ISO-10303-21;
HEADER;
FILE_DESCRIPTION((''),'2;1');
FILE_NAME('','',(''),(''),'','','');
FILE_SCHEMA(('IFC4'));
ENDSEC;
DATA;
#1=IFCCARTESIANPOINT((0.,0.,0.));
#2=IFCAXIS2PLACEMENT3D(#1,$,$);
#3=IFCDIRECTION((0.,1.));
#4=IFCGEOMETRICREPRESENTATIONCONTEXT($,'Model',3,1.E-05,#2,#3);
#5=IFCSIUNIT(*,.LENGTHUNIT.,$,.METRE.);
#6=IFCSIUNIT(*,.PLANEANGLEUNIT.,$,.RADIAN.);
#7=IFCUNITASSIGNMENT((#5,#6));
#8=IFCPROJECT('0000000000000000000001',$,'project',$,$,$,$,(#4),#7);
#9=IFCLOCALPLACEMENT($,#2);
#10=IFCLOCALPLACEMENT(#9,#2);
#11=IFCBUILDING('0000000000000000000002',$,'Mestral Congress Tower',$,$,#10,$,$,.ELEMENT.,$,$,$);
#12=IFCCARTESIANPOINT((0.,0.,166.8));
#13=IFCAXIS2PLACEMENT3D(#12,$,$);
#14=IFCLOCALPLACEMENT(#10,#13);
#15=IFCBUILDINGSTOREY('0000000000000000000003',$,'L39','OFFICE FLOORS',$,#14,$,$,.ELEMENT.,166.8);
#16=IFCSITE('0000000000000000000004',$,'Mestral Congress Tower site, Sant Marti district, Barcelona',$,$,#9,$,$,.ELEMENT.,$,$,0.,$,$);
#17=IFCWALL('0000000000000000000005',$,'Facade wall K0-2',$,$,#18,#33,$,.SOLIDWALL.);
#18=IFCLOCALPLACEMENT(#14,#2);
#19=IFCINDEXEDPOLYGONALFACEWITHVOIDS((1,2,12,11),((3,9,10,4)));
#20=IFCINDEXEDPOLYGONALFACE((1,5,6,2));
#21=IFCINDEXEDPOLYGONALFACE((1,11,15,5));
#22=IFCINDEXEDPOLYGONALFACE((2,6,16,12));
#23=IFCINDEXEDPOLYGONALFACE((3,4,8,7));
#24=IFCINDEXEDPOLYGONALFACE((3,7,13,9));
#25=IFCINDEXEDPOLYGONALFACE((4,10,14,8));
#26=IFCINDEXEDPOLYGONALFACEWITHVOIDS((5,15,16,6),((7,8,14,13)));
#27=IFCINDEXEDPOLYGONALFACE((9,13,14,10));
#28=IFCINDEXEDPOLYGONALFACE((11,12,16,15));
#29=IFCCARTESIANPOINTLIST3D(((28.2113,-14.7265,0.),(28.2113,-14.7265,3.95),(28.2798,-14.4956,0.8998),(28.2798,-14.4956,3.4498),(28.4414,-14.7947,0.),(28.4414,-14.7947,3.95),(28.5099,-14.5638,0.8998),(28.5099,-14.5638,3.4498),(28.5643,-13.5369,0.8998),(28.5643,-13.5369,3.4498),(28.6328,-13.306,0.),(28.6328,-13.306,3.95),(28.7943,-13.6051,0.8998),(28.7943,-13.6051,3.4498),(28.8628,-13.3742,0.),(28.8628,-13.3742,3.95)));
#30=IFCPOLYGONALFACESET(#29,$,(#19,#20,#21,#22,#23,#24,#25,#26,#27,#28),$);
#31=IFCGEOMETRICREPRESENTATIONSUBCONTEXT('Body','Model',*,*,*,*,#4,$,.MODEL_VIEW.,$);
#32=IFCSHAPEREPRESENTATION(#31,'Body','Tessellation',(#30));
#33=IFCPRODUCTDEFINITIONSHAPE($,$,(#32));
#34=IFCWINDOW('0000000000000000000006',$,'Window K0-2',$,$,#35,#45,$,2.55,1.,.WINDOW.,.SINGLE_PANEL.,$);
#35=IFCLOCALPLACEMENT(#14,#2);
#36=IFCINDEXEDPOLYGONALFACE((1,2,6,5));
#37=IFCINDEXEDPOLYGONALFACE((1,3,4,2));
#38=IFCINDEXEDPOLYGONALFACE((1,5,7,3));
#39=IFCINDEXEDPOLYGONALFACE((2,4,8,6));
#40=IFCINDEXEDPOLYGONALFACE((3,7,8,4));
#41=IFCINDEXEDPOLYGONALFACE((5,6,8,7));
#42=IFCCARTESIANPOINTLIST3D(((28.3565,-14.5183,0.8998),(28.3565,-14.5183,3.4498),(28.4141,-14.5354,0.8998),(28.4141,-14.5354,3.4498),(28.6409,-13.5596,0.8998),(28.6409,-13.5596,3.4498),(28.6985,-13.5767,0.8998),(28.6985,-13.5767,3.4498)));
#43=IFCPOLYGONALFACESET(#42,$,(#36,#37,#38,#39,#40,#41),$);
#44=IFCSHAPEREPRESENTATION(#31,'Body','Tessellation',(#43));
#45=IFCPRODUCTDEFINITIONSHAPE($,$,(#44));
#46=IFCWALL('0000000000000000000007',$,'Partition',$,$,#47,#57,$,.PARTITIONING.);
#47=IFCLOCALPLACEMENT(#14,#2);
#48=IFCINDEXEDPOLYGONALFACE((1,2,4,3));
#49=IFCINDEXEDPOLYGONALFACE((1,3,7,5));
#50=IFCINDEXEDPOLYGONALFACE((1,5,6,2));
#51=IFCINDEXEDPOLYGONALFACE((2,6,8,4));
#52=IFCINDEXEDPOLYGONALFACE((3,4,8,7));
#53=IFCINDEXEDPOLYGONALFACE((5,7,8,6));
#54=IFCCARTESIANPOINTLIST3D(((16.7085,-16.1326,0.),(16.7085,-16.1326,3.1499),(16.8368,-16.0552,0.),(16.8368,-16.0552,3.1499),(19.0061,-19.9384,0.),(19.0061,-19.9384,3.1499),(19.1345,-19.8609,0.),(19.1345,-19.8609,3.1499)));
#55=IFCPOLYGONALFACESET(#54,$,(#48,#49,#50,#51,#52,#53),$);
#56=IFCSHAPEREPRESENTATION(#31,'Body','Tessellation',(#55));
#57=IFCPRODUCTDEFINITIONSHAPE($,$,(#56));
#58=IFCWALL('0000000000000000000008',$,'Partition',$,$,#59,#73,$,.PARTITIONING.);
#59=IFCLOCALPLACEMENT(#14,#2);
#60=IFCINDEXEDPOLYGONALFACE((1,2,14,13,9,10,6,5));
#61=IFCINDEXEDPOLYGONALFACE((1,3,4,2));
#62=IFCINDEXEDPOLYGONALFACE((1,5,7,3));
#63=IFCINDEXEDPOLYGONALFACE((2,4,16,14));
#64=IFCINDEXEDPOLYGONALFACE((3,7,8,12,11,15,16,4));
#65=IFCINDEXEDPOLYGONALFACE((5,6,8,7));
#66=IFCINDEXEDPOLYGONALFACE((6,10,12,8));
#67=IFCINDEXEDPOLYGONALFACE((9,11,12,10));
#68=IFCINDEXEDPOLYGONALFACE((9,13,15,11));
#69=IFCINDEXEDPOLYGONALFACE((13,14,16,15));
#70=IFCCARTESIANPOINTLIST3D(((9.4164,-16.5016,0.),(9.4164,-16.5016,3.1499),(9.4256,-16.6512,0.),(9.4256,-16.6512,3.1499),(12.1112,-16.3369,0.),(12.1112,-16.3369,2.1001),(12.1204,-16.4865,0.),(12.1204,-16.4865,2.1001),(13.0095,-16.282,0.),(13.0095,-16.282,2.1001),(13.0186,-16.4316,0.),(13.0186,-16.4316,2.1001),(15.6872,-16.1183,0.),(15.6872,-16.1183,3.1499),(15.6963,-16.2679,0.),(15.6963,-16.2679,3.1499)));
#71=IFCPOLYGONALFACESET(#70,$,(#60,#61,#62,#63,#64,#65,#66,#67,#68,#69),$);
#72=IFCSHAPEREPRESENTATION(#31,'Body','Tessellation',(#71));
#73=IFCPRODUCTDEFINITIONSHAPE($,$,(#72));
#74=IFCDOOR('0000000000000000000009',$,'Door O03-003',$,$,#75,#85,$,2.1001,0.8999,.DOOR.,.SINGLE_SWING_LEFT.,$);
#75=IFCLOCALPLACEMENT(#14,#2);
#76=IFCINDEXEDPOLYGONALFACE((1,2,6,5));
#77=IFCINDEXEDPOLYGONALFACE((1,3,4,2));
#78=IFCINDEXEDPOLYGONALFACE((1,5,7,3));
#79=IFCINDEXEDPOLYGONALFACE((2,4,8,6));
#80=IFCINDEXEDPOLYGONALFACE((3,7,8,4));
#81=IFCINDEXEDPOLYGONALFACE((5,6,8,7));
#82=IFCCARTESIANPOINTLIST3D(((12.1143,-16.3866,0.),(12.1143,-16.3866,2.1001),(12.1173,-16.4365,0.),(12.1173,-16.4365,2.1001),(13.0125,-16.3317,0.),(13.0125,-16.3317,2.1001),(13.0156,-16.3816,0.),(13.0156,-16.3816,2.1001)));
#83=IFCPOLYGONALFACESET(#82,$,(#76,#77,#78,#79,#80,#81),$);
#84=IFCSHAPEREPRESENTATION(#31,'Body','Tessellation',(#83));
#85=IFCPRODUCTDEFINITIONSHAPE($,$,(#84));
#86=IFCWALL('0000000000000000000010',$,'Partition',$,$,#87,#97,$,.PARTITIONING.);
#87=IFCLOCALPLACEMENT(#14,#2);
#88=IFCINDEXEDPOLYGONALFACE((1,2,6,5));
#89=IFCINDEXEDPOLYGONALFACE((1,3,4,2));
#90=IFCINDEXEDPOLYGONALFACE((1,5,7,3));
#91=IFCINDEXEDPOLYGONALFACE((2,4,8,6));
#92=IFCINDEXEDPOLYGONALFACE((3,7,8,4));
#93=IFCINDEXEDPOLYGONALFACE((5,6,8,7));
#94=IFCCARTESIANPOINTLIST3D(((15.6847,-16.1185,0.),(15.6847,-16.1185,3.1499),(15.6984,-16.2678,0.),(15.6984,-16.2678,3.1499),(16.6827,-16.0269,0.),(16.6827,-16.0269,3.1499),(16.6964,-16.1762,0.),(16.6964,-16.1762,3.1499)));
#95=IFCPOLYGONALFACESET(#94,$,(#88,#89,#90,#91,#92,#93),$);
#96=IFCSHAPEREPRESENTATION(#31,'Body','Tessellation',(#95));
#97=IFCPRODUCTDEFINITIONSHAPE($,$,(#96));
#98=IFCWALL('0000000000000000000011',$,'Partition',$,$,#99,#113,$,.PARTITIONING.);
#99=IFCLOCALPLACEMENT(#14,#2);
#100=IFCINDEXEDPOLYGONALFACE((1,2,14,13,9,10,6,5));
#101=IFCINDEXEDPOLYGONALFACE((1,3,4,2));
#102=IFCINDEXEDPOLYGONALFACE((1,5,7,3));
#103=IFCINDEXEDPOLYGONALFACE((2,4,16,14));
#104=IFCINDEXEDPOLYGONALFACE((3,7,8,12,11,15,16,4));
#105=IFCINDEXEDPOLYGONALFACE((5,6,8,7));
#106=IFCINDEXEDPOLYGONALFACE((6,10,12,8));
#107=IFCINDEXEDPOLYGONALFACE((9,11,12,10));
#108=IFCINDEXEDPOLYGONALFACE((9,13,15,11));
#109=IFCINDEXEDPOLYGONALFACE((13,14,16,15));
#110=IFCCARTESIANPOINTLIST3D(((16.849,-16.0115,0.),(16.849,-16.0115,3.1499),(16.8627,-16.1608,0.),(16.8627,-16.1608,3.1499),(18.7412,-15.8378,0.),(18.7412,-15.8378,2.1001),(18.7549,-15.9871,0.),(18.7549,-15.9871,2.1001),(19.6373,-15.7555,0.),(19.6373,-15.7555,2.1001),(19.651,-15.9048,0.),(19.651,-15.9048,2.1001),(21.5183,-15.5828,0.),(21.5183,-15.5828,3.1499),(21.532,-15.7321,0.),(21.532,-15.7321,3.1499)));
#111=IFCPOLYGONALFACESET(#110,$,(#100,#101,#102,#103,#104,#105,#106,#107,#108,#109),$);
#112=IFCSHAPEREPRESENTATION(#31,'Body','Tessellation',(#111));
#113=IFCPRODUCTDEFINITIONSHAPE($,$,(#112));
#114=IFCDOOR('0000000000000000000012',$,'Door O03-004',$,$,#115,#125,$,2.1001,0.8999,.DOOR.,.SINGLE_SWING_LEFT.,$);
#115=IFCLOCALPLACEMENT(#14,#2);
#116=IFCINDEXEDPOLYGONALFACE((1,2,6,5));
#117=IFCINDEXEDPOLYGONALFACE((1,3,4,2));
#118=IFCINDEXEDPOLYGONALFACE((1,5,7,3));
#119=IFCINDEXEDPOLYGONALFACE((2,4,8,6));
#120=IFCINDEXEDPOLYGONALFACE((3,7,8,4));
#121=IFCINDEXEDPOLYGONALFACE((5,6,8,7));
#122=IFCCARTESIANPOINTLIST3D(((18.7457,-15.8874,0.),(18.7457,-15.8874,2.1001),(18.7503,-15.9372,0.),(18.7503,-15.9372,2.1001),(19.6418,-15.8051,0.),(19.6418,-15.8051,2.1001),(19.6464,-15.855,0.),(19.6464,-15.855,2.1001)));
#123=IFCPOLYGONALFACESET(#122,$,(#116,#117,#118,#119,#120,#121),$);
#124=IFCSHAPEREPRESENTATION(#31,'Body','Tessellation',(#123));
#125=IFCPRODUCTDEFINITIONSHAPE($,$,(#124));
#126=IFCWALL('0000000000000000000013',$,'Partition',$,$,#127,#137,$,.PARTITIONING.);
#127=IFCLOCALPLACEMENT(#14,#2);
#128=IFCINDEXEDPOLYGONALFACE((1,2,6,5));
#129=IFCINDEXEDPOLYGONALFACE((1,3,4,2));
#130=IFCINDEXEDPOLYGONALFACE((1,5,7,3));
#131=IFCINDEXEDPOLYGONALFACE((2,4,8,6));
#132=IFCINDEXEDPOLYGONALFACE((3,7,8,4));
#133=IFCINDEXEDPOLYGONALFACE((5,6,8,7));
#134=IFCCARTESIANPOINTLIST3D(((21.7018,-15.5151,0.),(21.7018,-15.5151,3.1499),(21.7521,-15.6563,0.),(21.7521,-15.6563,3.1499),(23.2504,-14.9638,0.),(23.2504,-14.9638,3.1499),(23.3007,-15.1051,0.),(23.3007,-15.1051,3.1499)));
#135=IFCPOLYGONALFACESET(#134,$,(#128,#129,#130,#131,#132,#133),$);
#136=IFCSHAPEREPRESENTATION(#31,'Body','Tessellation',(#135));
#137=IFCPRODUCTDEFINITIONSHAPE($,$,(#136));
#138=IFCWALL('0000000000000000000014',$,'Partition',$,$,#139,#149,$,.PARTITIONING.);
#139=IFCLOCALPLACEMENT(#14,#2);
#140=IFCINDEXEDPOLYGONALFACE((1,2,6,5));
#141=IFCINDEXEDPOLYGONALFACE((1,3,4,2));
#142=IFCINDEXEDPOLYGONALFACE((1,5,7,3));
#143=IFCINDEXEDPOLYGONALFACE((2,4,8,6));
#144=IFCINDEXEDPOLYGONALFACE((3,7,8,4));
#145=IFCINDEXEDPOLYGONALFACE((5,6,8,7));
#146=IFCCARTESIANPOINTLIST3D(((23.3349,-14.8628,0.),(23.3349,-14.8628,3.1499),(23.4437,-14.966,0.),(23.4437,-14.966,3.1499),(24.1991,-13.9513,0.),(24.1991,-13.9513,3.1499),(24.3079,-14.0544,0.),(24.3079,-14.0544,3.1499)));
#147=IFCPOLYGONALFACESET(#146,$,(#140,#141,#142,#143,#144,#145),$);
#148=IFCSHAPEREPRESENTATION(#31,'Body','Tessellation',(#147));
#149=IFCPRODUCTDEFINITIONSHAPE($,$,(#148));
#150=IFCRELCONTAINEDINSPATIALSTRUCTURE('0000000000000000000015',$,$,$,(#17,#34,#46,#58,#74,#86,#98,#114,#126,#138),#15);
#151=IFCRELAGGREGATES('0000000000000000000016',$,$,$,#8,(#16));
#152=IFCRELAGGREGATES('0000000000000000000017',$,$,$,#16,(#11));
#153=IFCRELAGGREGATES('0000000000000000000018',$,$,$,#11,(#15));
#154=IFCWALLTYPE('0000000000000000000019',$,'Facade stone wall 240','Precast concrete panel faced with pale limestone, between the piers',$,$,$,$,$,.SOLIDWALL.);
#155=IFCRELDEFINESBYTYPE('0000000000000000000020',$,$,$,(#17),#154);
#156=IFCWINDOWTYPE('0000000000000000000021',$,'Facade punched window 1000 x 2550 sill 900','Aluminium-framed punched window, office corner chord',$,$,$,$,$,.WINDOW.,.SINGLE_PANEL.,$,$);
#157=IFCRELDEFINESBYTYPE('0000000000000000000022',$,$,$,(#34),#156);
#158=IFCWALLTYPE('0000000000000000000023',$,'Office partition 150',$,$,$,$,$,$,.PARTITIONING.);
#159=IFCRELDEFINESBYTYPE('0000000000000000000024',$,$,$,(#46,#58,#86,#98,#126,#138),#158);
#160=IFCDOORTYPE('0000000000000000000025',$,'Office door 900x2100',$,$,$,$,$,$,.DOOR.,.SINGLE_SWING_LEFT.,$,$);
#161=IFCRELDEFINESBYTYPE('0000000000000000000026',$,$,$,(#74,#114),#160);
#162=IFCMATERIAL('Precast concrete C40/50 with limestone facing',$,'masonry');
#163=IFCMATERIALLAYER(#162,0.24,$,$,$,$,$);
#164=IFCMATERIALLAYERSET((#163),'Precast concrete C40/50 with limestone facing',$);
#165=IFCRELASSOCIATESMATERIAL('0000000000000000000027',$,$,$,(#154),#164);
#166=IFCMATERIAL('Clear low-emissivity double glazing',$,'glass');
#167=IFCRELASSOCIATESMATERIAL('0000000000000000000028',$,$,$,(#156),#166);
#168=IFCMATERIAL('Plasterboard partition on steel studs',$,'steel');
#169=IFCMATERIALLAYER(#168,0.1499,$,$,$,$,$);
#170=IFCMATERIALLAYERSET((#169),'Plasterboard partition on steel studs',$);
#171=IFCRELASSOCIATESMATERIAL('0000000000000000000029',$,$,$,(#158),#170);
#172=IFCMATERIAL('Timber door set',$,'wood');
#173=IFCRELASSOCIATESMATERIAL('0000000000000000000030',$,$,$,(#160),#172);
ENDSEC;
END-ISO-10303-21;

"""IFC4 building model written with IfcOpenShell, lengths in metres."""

from ifc_helpers import new_model, si_unit, direction, frame, frame_2d, origin, place, context, subcontext, project, spatial, rectangle, extrude, material, layer, layer_set, type_object, element, fill, save


model = new_model("IFC4")

# Units and contexts
model_context = context("Model", 3, precision=1e-05, world=origin(), true_north=direction((0.0, 1.0)))
body_context = subcontext(model_context, "Body", "Model", "MODEL_VIEW")
ifc_project = project(units=[si_unit("LENGTHUNIT", "METRE"), si_unit("PLANEANGLEUNIT", "RADIAN")], contexts=[model_context])

# Site, building, storey
site_placement = place(None, origin())
site = spatial("IfcSite", under=ifc_project, at=site_placement, Name="Mestral Congress Tower site, Sant Marti district, Barcelona", CompositionType="ELEMENT", RefElevation=0.0)
building_placement = place(site_placement, origin())
building = spatial("IfcBuilding", under=site, at=building_placement, Name="Mestral Congress Tower", CompositionType="ELEMENT")
storey_placement = place(building_placement, frame((0.0, 0.0, 166.8)))
storey = spatial("IfcBuildingStorey", under=building, at=storey_placement, Name="L39", Description="OFFICE FLOORS", CompositionType="ELEMENT", Elevation=166.8)

# Shared definitions
ifc_material_1 = material(Name="Precast concrete C40/50 with limestone facing", Category="masonry")
ifc_layer_1 = layer(ifc_material_1, 0.24)
ifc_layer_set_1 = layer_set([ifc_layer_1], Name="Precast concrete C40/50 with limestone facing")
wall_type_1 = type_object("IfcWallType", Name="Facade stone wall 240", Description="Precast concrete panel faced with pale limestone, between the piers", PredefinedType="SOLIDWALL", material=ifc_layer_set_1)
ifc_material_2 = material(Name="Clear low-emissivity double glazing", Category="glass")

# Wall, opening, window
window_type_1 = type_object("IfcWindowType", Name="Facade punched window 1000 x 2550 sill 900", Description="Aluminium-framed punched window, office corner chord", PartitioningType="SINGLE_PANEL", PredefinedType="WINDOW", material=ifc_material_2)
wall_1_placement = place(storey_placement, frame((28.3264, -14.7605, 0.0), z_axis=(0.0, 0.0, 1.0), x_axis=(0.284414, 0.958702, 0.0)))
wall_1 = element("IfcWall", 1, at=wall_1_placement, inside=storey, type_object=wall_type_1, Name="Facade wall K0-2", PredefinedType="SOLIDWALL", context=body_context, shape_type="SweptSolid", body=[
    extrude(rectangle(XDim=1.4817, YDim=0.24, at=frame_2d((0.7407, 0.0))), origin(), (0.0, 0.0, 1.0), 3.95),
])
opening_1_placement = place(wall_1_placement, frame((0.2407, 0.0, 0.8999)))
opening_1 = element("IfcOpeningElement", 2, at=opening_1_placement, cuts=wall_1, PredefinedType="OPENING", context=body_context, shape_type="SweptSolid", body=[
    extrude(rectangle(XDim=1.0, YDim=2.55, at=frame_2d((0.5, 1.2749))), frame((0.0, 0.1299, 0.0), z_axis=(0.0, -1.0, 0.0), x_axis=(1.0, 0.0, 0.0)), (0.0, 0.0, 1.0), 0.26),
])
window_1_placement = place(opening_1_placement, origin())
window_1 = element("IfcWindow", 3, at=window_1_placement, inside=storey, type_object=window_type_1, Name="Window K0-2", OverallHeight=2.55, OverallWidth=1.0, PartitioningType="SINGLE_PANEL", PredefinedType="WINDOW", context=body_context, shape_type="SweptSolid", body=[
    extrude(rectangle(XDim=1.0, YDim=2.55, at=frame_2d((0.5, 1.2749))), frame((0.0, 0.04, 0.0), z_axis=(0.0, -1.0, 0.0), x_axis=(1.0, 0.0, 0.0)), (0.0, 0.0, 1.0), 0.0601),
])
fill(opening_1, window_1)

# Wall
ifc_material_3 = material(Name="Plasterboard partition on steel studs", Category="steel")
ifc_layer_2 = layer(ifc_material_3, 0.1499)
ifc_layer_set_2 = layer_set([ifc_layer_2], Name="Plasterboard partition on steel studs")
wall_type_2 = type_object("IfcWallType", Name="Office partition 150", PredefinedType="PARTITIONING", material=ifc_layer_set_2)
wall_2_placement = place(storey_placement, frame((16.7727, -16.094, 0.0), z_axis=(0.0, 0.0, 1.0), x_axis=(0.516844, -0.85608, 0.0)))
element("IfcWall", 4, at=wall_2_placement, inside=storey, type_object=wall_type_2, Name="Partition", PredefinedType="PARTITIONING", context=body_context, shape_type="SweptSolid", body=[
    extrude(rectangle(XDim=4.4456, YDim=0.1499, at=frame_2d((2.2227, 0.0))), origin(), (0.0, 0.0, 1.0), 3.1499),
])

# Wall, opening, door
wall_3_placement = place(storey_placement, frame((15.6917, -16.1931, 0.0), z_axis=(0.0, 0.0, 1.0), x_axis=(-0.998137, -0.061011, 0.0)))
wall_3 = element("IfcWall", 5, at=wall_3_placement, inside=storey, type_object=wall_type_2, Name="Partition", PredefinedType="PARTITIONING", context=body_context, shape_type="SweptSolid", body=[
    extrude(rectangle(XDim=6.2825, YDim=0.1499, at=frame_2d((3.1411, 0.0))), origin(), (0.0, 0.0, 1.0), 3.1499),
])
opening_2_placement = place(wall_3_placement, frame((2.6826, 0.0, 0.0)))
opening_2 = element("IfcOpeningElement", 6, at=opening_2_placement, cuts=wall_3, PredefinedType="OPENING", context=body_context, shape_type="SweptSolid", body=[
    extrude(rectangle(XDim=0.8999, YDim=2.1001, at=frame_2d((0.45, 1.05))), frame((0.0, 0.085, 0.0), z_axis=(0.0, -1.0, 0.0), x_axis=(1.0, 0.0, 0.0)), (0.0, 0.0, 1.0), 0.1699),
])
ifc_material_4 = material(Name="Timber door set", Category="wood")
door_type = type_object("IfcDoorType", Name="Office door 900x2100", OperationType="SINGLE_SWING_LEFT", PredefinedType="DOOR", material=ifc_material_4)
door_1_placement = place(opening_2_placement, origin())
door_1 = element("IfcDoor", 7, at=door_1_placement, inside=storey, type_object=door_type, Name="Door O03-003", OperationType="SINGLE_SWING_LEFT", OverallHeight=2.1001, OverallWidth=0.8999, PredefinedType="DOOR", context=body_context, shape_type="SweptSolid", body=[
    extrude(rectangle(XDim=0.8999, YDim=2.1001, at=frame_2d((0.45, 1.05))), frame((0.0, 0.0249, 0.0), z_axis=(0.0, -1.0, 0.0), x_axis=(1.0, 0.0, 0.0)), (0.0, 0.0, 1.0), 0.05),
])
fill(opening_2, door_1)

# Wall
wall_4_placement = place(storey_placement, frame((15.6917, -16.1931, 0.0), z_axis=(0.0, 0.0, 1.0), x_axis=(0.995819, 0.091348, 0.0)))
element("IfcWall", 8, at=wall_4_placement, inside=storey, type_object=wall_type_2, Name="Partition", PredefinedType="PARTITIONING", context=body_context, shape_type="SweptSolid", body=[
    extrude(rectangle(XDim=1.0022, YDim=0.1499, at=frame_2d((0.501, 0.0))), origin(), (0.0, 0.0, 1.0), 3.1499),
])

# Wall, opening, door
wall_5_placement = place(storey_placement, frame((21.5251, -15.6575, 0.0), z_axis=(0.0, 0.0, 1.0), x_axis=(-0.995812, -0.091428, 0.0)))
wall_5 = element("IfcWall", 9, at=wall_5_placement, inside=storey, type_object=wall_type_2, Name="Partition", PredefinedType="PARTITIONING", context=body_context, shape_type="SweptSolid", body=[
    extrude(rectangle(XDim=4.689, YDim=0.1499, at=frame_2d((2.3445, 0.0))), origin(), (0.0, 0.0, 1.0), 3.1499),
])
opening_3_placement = place(wall_5_placement, frame((1.8889, 0.0, 0.0)))
opening_3 = element("IfcOpeningElement", 10, at=opening_3_placement, cuts=wall_5, PredefinedType="OPENING", context=body_context, shape_type="SweptSolid", body=[
    extrude(rectangle(XDim=0.8999, YDim=2.1001, at=frame_2d((0.45, 1.05))), frame((0.0, 0.085, 0.0), z_axis=(0.0, -1.0, 0.0), x_axis=(1.0, 0.0, 0.0)), (0.0, 0.0, 1.0), 0.1699),
])
door_2_placement = place(opening_3_placement, origin())
door_2 = element("IfcDoor", 11, at=door_2_placement, inside=storey, type_object=door_type, Name="Door O03-004", OperationType="SINGLE_SWING_LEFT", OverallHeight=2.1001, OverallWidth=0.8999, PredefinedType="DOOR", context=body_context, shape_type="SweptSolid", body=[
    extrude(rectangle(XDim=0.8999, YDim=2.1001, at=frame_2d((0.45, 1.05))), frame((0.0, 0.0249, 0.0), z_axis=(0.0, -1.0, 0.0), x_axis=(1.0, 0.0, 0.0)), (0.0, 0.0, 1.0), 0.05),
])
fill(opening_3, door_2)

# Walls
wall_6_placement = place(storey_placement, frame((21.7271, -15.5857, 0.0), z_axis=(0.0, 0.0, 1.0), x_axis=(0.942088, 0.335367, 0.0)))
element("IfcWall", 12, at=wall_6_placement, inside=storey, type_object=wall_type_2, Name="Partition", PredefinedType="PARTITIONING", context=body_context, shape_type="SweptSolid", body=[
    extrude(rectangle(XDim=1.6438, YDim=0.1499, at=frame_2d((0.8218, 0.0))), origin(), (0.0, 0.0, 1.0), 3.1499),
])
wall_7_placement = place(storey_placement, frame((23.3894, -14.9143, 0.0), z_axis=(0.0, 0.0, 1.0), x_axis=(0.688003, 0.725707, 0.0)))
element("IfcWall", 13, at=wall_7_placement, inside=storey, type_object=wall_type_2, Name="Partition", PredefinedType="PARTITIONING", context=body_context, shape_type="SweptSolid", body=[
    extrude(rectangle(XDim=1.2561, YDim=0.1499, at=frame_2d((0.6279, 0.0))), origin(), (0.0, 0.0, 1.0), 3.1499),
])

save(model, "model.ifc")
